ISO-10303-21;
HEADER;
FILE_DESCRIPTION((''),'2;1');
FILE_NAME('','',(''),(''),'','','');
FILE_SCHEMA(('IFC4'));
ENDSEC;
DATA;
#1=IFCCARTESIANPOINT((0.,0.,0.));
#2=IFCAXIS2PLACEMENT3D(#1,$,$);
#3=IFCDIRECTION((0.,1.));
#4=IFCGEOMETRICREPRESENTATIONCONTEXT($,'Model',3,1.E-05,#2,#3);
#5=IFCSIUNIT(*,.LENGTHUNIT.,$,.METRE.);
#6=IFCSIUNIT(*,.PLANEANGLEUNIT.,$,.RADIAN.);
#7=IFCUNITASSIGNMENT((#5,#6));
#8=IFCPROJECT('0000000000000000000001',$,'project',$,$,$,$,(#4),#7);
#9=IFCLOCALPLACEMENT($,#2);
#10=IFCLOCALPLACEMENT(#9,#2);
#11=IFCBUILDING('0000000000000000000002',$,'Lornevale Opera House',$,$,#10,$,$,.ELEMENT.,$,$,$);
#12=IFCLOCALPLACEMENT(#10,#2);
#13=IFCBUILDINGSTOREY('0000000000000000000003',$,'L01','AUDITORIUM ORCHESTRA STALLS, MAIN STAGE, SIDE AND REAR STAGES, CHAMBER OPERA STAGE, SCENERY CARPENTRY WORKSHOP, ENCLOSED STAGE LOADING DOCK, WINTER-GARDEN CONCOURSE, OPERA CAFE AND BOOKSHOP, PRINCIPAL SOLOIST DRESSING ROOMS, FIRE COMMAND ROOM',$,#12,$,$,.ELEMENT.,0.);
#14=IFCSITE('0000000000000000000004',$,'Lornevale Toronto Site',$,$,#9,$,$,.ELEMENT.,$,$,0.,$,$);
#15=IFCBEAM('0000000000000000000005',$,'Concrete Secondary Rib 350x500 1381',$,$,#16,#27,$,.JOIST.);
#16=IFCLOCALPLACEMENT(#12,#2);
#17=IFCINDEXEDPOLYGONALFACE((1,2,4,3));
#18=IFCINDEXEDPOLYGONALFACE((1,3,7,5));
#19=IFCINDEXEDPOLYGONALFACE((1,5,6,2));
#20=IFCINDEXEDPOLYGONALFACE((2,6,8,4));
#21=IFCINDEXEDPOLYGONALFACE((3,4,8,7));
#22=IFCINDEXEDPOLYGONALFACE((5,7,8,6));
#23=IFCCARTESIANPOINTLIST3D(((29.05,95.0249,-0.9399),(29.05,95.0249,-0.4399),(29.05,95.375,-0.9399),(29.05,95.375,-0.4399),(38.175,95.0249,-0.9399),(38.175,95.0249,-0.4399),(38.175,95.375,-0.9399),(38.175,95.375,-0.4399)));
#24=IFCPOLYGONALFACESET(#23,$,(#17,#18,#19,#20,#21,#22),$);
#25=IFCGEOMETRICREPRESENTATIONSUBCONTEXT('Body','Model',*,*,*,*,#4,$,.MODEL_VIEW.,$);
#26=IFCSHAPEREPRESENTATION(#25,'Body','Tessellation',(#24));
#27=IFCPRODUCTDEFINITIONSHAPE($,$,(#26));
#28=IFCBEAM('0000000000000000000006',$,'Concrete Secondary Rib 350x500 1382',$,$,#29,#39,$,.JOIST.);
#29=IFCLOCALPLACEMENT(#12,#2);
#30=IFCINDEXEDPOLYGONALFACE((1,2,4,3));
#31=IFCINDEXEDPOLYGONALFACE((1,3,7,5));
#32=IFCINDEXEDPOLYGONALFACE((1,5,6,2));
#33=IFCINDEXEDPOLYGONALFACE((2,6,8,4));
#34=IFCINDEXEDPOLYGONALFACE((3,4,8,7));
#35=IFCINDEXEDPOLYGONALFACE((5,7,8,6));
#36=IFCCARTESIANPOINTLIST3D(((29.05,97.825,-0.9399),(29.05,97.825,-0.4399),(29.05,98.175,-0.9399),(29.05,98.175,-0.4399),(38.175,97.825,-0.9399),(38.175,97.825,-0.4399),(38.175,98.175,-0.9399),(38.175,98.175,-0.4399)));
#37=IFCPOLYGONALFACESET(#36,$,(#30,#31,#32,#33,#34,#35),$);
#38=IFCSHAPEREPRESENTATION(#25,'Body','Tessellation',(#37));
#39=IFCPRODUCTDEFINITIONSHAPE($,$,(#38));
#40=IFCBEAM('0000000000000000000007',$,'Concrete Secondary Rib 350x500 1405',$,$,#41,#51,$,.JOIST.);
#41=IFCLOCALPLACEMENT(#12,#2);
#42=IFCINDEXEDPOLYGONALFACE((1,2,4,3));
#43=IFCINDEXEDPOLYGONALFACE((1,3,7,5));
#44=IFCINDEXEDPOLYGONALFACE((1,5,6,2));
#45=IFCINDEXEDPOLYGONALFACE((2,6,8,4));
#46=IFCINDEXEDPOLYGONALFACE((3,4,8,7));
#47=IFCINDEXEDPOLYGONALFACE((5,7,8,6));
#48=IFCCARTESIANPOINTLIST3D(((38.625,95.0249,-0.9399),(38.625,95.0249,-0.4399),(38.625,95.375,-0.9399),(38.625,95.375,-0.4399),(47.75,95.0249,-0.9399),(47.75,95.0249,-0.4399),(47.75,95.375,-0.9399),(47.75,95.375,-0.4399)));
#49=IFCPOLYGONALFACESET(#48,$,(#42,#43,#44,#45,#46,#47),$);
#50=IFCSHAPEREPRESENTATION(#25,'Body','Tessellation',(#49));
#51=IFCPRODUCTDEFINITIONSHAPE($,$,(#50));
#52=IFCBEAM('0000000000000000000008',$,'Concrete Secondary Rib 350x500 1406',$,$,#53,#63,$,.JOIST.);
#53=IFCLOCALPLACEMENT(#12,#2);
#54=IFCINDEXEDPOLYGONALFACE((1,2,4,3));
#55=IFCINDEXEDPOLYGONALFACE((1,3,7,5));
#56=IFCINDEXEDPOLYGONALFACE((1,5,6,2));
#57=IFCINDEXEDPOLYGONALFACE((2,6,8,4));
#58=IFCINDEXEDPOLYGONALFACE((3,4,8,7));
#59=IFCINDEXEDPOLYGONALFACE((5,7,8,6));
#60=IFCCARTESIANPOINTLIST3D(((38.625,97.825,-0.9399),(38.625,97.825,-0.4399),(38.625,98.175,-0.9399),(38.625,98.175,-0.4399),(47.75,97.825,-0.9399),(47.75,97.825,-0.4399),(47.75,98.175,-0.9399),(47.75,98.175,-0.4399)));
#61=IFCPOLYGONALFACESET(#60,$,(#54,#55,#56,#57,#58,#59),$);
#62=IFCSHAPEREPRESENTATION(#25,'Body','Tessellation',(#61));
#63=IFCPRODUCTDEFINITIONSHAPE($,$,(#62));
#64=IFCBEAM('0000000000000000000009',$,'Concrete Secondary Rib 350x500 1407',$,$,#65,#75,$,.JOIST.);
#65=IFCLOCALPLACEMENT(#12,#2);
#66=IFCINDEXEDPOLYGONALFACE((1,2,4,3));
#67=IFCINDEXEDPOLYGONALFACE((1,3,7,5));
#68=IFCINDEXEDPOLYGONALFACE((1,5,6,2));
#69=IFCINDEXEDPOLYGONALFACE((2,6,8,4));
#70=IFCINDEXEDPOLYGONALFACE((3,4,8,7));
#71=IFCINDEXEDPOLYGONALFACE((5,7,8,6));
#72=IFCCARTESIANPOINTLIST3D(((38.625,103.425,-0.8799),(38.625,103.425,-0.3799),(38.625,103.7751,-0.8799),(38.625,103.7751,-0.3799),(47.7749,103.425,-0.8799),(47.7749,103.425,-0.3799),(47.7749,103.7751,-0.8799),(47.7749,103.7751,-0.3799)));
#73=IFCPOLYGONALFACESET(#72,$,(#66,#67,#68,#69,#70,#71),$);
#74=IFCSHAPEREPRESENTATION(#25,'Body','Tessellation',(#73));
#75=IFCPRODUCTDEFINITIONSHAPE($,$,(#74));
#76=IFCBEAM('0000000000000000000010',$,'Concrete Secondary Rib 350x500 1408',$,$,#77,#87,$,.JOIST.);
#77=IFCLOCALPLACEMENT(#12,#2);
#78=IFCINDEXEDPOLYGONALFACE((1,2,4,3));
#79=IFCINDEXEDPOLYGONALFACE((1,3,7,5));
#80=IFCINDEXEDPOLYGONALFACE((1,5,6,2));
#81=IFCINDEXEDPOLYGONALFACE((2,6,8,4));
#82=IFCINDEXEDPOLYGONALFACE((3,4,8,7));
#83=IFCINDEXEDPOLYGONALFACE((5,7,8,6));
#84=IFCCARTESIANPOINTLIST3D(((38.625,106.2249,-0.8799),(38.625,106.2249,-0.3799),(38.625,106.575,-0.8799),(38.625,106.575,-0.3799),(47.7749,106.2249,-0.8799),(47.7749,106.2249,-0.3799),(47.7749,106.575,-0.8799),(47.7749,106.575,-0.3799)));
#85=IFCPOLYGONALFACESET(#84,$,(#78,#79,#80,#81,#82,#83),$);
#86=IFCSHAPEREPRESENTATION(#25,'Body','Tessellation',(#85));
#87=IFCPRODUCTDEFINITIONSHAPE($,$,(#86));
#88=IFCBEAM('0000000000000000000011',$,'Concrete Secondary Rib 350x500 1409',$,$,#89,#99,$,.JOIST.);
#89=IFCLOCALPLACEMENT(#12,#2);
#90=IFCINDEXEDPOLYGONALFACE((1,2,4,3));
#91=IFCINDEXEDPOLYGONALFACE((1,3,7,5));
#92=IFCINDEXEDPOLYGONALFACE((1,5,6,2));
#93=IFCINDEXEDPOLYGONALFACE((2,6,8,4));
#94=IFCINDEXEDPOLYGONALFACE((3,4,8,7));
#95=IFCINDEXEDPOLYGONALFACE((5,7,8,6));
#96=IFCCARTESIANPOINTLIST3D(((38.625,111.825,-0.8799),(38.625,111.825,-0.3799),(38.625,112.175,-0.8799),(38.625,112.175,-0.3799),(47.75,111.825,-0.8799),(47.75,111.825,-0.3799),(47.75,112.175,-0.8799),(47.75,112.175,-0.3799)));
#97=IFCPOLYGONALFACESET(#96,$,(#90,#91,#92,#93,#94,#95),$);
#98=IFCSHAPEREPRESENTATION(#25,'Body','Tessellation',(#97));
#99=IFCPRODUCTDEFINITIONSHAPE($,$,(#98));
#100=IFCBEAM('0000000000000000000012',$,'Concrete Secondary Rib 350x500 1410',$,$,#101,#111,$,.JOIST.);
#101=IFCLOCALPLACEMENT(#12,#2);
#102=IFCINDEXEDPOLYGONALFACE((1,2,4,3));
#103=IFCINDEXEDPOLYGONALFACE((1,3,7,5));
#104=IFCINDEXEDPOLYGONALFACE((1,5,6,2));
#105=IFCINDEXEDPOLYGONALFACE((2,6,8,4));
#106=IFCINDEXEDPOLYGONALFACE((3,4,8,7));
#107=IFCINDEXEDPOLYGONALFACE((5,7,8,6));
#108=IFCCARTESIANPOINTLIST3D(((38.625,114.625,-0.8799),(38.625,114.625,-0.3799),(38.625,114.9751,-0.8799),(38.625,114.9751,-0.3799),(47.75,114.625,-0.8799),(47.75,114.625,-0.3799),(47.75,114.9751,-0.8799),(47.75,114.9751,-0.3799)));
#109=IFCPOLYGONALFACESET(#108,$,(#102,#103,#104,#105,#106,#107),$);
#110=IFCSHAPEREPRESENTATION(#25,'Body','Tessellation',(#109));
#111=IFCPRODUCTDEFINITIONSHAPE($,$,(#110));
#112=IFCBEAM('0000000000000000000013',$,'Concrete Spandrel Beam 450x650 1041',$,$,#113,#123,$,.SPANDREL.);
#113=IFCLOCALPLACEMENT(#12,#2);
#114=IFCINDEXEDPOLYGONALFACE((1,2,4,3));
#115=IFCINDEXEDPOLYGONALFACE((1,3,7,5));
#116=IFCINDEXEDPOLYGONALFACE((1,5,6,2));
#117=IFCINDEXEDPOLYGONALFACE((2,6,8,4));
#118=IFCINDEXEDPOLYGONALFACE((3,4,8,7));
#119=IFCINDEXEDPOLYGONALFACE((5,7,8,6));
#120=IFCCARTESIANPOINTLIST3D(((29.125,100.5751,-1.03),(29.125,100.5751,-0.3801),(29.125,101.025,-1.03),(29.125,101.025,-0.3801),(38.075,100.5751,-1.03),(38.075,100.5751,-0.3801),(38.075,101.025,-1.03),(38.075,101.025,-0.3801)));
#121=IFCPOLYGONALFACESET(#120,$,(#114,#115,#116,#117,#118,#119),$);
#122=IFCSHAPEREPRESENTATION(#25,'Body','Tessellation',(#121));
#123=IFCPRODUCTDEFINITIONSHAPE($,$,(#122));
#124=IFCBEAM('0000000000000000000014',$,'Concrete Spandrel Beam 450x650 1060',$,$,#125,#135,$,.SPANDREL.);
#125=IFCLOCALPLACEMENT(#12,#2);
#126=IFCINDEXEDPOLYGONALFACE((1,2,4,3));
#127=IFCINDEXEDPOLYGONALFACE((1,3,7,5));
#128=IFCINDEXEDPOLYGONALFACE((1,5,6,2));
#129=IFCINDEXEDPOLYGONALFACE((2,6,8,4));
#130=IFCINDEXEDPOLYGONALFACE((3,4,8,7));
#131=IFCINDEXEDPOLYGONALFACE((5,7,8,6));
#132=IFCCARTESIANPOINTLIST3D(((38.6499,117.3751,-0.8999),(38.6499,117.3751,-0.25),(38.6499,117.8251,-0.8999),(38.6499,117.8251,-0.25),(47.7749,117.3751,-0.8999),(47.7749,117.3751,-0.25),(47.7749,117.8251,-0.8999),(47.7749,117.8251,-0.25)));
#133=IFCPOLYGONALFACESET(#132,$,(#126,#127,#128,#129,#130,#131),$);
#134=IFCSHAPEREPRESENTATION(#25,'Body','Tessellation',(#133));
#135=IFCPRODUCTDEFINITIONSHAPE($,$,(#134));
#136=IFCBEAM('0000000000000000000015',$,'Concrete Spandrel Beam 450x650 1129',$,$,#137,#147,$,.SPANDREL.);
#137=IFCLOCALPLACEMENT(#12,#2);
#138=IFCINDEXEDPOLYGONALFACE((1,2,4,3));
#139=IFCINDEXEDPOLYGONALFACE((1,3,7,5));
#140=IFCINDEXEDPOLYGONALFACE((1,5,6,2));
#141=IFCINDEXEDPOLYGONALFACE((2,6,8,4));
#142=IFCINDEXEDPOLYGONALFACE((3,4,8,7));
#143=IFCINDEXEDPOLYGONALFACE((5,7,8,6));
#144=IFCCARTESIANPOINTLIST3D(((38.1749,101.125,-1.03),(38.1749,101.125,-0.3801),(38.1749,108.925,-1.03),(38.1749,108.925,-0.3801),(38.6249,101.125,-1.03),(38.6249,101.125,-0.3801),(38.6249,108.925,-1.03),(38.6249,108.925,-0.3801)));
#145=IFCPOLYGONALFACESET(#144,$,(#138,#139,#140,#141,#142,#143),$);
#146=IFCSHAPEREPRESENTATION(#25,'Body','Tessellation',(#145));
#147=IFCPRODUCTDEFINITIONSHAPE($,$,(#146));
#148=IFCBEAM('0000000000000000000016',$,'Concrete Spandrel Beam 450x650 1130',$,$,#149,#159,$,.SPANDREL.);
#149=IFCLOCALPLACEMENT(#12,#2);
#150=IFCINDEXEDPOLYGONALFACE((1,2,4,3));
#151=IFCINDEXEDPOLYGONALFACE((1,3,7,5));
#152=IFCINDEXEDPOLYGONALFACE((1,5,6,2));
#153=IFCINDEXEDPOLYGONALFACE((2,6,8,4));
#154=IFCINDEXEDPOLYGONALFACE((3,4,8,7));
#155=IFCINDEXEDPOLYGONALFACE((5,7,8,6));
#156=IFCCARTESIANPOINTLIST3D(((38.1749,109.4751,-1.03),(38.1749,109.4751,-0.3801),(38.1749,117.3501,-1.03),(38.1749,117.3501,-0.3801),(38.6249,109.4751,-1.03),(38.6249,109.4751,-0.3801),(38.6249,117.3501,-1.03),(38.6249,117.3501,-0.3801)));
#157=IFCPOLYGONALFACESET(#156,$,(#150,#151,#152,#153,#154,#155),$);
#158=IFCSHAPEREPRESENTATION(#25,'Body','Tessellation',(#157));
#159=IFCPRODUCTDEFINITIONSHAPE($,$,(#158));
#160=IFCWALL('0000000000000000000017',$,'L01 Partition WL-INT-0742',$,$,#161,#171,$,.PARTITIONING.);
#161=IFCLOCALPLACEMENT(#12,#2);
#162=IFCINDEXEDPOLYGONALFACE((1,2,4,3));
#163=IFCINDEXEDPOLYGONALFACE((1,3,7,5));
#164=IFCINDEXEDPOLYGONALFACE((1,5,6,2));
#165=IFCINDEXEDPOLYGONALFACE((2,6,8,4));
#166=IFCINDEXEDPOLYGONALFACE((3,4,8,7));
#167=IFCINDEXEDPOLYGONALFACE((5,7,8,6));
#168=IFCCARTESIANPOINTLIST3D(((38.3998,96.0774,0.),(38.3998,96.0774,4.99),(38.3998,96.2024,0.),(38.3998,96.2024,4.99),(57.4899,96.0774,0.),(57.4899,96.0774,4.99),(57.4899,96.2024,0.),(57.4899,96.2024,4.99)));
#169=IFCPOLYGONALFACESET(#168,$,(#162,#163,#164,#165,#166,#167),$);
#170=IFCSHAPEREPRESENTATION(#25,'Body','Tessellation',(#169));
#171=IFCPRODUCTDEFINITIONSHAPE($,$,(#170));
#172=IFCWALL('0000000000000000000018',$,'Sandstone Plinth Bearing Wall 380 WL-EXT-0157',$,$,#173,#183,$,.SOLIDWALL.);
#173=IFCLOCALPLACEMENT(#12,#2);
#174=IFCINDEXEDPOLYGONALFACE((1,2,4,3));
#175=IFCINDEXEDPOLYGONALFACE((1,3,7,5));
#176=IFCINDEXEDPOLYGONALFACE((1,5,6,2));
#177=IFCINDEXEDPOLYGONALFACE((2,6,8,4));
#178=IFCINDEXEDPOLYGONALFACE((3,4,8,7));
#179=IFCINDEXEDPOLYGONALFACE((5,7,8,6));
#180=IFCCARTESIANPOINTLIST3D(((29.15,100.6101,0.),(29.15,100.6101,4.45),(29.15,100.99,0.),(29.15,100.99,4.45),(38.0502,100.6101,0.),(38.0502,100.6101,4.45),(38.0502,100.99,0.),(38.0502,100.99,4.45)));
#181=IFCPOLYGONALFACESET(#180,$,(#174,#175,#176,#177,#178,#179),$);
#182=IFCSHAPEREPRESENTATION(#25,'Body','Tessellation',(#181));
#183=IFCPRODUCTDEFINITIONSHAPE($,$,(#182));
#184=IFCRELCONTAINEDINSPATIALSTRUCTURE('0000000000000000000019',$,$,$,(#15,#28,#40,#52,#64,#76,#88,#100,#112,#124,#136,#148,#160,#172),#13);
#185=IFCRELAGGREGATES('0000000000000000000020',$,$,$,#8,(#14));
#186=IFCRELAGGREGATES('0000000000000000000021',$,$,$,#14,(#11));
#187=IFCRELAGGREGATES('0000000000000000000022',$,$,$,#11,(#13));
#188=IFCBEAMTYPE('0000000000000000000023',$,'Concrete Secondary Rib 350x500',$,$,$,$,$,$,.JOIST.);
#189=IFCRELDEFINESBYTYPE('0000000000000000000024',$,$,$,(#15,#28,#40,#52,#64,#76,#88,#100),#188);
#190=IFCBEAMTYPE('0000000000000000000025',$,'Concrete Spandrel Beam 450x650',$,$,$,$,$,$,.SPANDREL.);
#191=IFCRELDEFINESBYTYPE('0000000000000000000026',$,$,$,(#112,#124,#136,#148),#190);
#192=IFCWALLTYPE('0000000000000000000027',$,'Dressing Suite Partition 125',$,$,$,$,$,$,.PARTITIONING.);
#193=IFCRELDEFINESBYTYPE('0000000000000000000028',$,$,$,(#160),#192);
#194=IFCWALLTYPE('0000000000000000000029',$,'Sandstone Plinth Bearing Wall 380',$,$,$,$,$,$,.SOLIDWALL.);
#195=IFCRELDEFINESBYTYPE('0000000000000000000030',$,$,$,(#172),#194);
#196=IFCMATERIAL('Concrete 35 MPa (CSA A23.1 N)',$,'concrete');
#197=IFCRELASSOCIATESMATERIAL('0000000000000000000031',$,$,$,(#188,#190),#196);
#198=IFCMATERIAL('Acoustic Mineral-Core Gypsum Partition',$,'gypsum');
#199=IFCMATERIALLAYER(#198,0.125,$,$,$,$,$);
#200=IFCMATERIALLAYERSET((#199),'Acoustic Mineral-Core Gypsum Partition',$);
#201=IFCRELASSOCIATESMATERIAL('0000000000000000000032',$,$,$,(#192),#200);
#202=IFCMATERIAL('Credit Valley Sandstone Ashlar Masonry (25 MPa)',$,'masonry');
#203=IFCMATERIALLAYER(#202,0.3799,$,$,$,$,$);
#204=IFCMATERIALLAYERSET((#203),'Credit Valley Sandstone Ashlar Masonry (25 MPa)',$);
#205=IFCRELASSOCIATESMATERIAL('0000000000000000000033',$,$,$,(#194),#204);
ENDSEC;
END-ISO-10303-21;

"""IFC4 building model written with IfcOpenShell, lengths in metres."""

from ifc_helpers import new_model, si_unit, direction, frame, frame_2d, origin, origin_2d, place, context, subcontext, project, spatial, rectangle, extrude, material, layer, layer_set, material_profile, profile_set, type_object, element, save


model = new_model("IFC4")

# Units and contexts
model_context = context("Model", 3, precision=1e-05, world=origin(), true_north=direction((0.0, 1.0)))
body_context = subcontext(model_context, "Body", "Model", "MODEL_VIEW")
ifc_project = project(units=[si_unit("LENGTHUNIT", "METRE"), si_unit("PLANEANGLEUNIT", "RADIAN")], contexts=[model_context])

# Site, building, storey
site_placement = place(None, origin())
site = spatial("IfcSite", under=ifc_project, at=site_placement, Name="Lornevale Toronto Site", CompositionType="ELEMENT", RefElevation=0.0)
building_placement = place(site_placement, origin())
building = spatial("IfcBuilding", under=site, at=building_placement, Name="Lornevale Opera House", CompositionType="ELEMENT")
storey_placement = place(building_placement, origin())
storey = spatial("IfcBuildingStorey", under=building, at=storey_placement, Name="L01", Description="AUDITORIUM ORCHESTRA STALLS, MAIN STAGE, SIDE AND REAR STAGES, CHAMBER OPERA STAGE, SCENERY CARPENTRY WORKSHOP, ENCLOSED STAGE LOADING DOCK, WINTER-GARDEN CONCOURSE, OPERA CAFE AND BOOKSHOP, PRINCIPAL SOLOIST DRESSING ROOMS, FIRE COMMAND ROOM", CompositionType="ELEMENT", Elevation=0.0)

# Shared definitions
ifc_material_1 = material(Name="Concrete 35 MPa (CSA A23.1 N)", Category="concrete")

# Beams
ifc_material_profile_1 = material_profile(ifc_material_1, rectangle(XDim=0.3501, YDim=0.5, at=origin_2d()), Name="RC350x500")
ifc_profile_set_1 = profile_set([ifc_material_profile_1], Name="Concrete 35 MPa (CSA A23.1 N)")
beam_type_1 = type_object("IfcBeamType", Name="Concrete Secondary Rib 350x500", PredefinedType="JOIST", material=ifc_profile_set_1)
for number, where, z_axis, x_axis, name in (
    (1, (29.05, 95.2, -0.6899), (1.0, 0.0, 0.0), (0.0, 1.0, 0.0), "Concrete Secondary Rib 350x500 1381"),
    (2, (29.05, 98.0, -0.6899), (1.0, 0.0, 0.0), (0.0, 1.0, 0.0), "Concrete Secondary Rib 350x500 1382"),
    (3, (38.625, 95.2, -0.6899), (1.0, 0.0, 0.0), (0.0, 1.0, 0.0), "Concrete Secondary Rib 350x500 1405"),
    (4, (38.625, 98.0, -0.6899), (1.0, 0.0, 0.0), (0.0, 1.0, 0.0), "Concrete Secondary Rib 350x500 1406"),
):
    element("IfcBeam", number, at=place(storey_placement, frame(where, z_axis=z_axis, x_axis=x_axis)), inside=storey, type_object=beam_type_1, Name=name, PredefinedType="JOIST", context=body_context, shape_type="SweptSolid", body=[
        extrude(rectangle(XDim=0.3501, YDim=0.5, at=origin_2d()), origin(), (0.0, 0.0, 1.0), 9.125),
    ])
for number, where, z_axis, x_axis, name in (
    (5, (38.625, 103.6001, -0.6299), (1.0, 0.0, 0.0), (0.0, 1.0, 0.0), "Concrete Secondary Rib 350x500 1407"),
    (6, (38.625, 106.3999, -0.6299), (1.0, 0.0, 0.0), (0.0, 1.0, 0.0), "Concrete Secondary Rib 350x500 1408"),
):
    element("IfcBeam", number, at=place(storey_placement, frame(where, z_axis=z_axis, x_axis=x_axis)), inside=storey, type_object=beam_type_1, Name=name, PredefinedType="JOIST", context=body_context, shape_type="SweptSolid", body=[
        extrude(rectangle(XDim=0.3501, YDim=0.5, at=origin_2d()), origin(), (0.0, 0.0, 1.0), 9.1499),
    ])
for number, where, z_axis, x_axis, name in (
    (7, (38.625, 112.0, -0.6299), (1.0, 0.0, 0.0), (0.0, 1.0, 0.0), "Concrete Secondary Rib 350x500 1409"),
    (8, (38.625, 114.8, -0.6299), (1.0, 0.0, 0.0), (0.0, 1.0, 0.0), "Concrete Secondary Rib 350x500 1410"),
):
    element("IfcBeam", number, at=place(storey_placement, frame(where, z_axis=z_axis, x_axis=x_axis)), inside=storey, type_object=beam_type_1, Name=name, PredefinedType="JOIST", context=body_context, shape_type="SweptSolid", body=[
        extrude(rectangle(XDim=0.3501, YDim=0.5, at=origin_2d()), origin(), (0.0, 0.0, 1.0), 9.125),
    ])
ifc_material_profile_2 = material_profile(ifc_material_1, rectangle(XDim=0.45, YDim=0.6499, at=origin_2d()), Name="RC450x650")
ifc_profile_set_2 = profile_set([ifc_material_profile_2], Name="Concrete 35 MPa (CSA A23.1 N)")
beam_type_2 = type_object("IfcBeamType", Name="Concrete Spandrel Beam 450x650", PredefinedType="SPANDREL", material=ifc_profile_set_2)
beam_1_placement = place(storey_placement, frame((29.125, 100.8, -0.7051), z_axis=(1.0, 0.0, 0.0), x_axis=(0.0, 1.0, 0.0)))
element("IfcBeam", 9, at=beam_1_placement, inside=storey, type_object=beam_type_2, Name="Concrete Spandrel Beam 450x650 1041", PredefinedType="SPANDREL", context=body_context, shape_type="SweptSolid", body=[
    extrude(rectangle(XDim=0.45, YDim=0.6499, at=origin_2d()), origin(), (0.0, 0.0, 1.0), 8.95),
])
beam_2_placement = place(storey_placement, frame((38.6499, 117.6001, -0.575), z_axis=(1.0, 0.0, 0.0), x_axis=(0.0, 1.0, 0.0)))
element("IfcBeam", 10, at=beam_2_placement, inside=storey, type_object=beam_type_2, Name="Concrete Spandrel Beam 450x650 1060", PredefinedType="SPANDREL", context=body_context, shape_type="SweptSolid", body=[
    extrude(rectangle(XDim=0.45, YDim=0.6499, at=origin_2d()), origin(), (0.0, 0.0, 1.0), 9.125),
])
beam_3_placement = place(storey_placement, frame((38.3999, 101.125, -0.7051), z_axis=(0.0, 1.0, 0.0), x_axis=(-1.0, 0.0, 0.0)))
element("IfcBeam", 11, at=beam_3_placement, inside=storey, type_object=beam_type_2, Name="Concrete Spandrel Beam 450x650 1129", PredefinedType="SPANDREL", context=body_context, shape_type="SweptSolid", body=[
    extrude(rectangle(XDim=0.45, YDim=0.6499, at=origin_2d()), origin(), (0.0, 0.0, 1.0), 7.8),
])
beam_4_placement = place(storey_placement, frame((38.3999, 109.4751, -0.7051), z_axis=(0.0, 1.0, 0.0), x_axis=(-1.0, 0.0, 0.0)))
element("IfcBeam", 12, at=beam_4_placement, inside=storey, type_object=beam_type_2, Name="Concrete Spandrel Beam 450x650 1130", PredefinedType="SPANDREL", context=body_context, shape_type="SweptSolid", body=[
    extrude(rectangle(XDim=0.45, YDim=0.6499, at=origin_2d()), origin(), (0.0, 0.0, 1.0), 7.875),
])

# Walls
ifc_material_2 = material(Name="Acoustic Mineral-Core Gypsum Partition", Category="gypsum")
ifc_layer_1 = layer(ifc_material_2, 0.125)
ifc_layer_set_1 = layer_set([ifc_layer_1], Name="Acoustic Mineral-Core Gypsum Partition")
wall_type_1 = type_object("IfcWallType", Name="Dressing Suite Partition 125", PredefinedType="PARTITIONING", material=ifc_layer_set_1)
wall_1_placement = place(storey_placement, frame((38.3999, 96.1399, 0.0), z_axis=(0.0, 0.0, 1.0), x_axis=(1.0, 0.0, 0.0)))
element("IfcWall", 13, at=wall_1_placement, inside=storey, type_object=wall_type_1, Name="L01 Partition WL-INT-0742", PredefinedType="PARTITIONING", context=body_context, shape_type="SweptSolid", body=[
    extrude(rectangle(XDim=19.0901, YDim=0.125, at=frame_2d((9.5449, 0.0))), origin(), (0.0, 0.0, 1.0), 4.99),
])
ifc_material_3 = material(Name="Credit Valley Sandstone Ashlar Masonry (25 MPa)", Category="masonry")
ifc_layer_2 = layer(ifc_material_3, 0.3799)
ifc_layer_set_2 = layer_set([ifc_layer_2], Name="Credit Valley Sandstone Ashlar Masonry (25 MPa)")
wall_type_2 = type_object("IfcWallType", Name="Sandstone Plinth Bearing Wall 380", PredefinedType="SOLIDWALL", material=ifc_layer_set_2)
wall_2_placement = place(storey_placement, frame((29.1499, 100.8, 0.0), z_axis=(0.0, 0.0, 1.0), x_axis=(1.0, 0.0, 0.0)))
element("IfcWall", 14, at=wall_2_placement, inside=storey, type_object=wall_type_2, Name="Sandstone Plinth Bearing Wall 380 WL-EXT-0157", PredefinedType="SOLIDWALL", context=body_context, shape_type="SweptSolid", body=[
    extrude(rectangle(XDim=8.9001, YDim=0.3799, at=frame_2d((4.4502, 0.0))), origin(), (0.0, 0.0, 1.0), 4.45),
])

save(model, "model.ifc")
